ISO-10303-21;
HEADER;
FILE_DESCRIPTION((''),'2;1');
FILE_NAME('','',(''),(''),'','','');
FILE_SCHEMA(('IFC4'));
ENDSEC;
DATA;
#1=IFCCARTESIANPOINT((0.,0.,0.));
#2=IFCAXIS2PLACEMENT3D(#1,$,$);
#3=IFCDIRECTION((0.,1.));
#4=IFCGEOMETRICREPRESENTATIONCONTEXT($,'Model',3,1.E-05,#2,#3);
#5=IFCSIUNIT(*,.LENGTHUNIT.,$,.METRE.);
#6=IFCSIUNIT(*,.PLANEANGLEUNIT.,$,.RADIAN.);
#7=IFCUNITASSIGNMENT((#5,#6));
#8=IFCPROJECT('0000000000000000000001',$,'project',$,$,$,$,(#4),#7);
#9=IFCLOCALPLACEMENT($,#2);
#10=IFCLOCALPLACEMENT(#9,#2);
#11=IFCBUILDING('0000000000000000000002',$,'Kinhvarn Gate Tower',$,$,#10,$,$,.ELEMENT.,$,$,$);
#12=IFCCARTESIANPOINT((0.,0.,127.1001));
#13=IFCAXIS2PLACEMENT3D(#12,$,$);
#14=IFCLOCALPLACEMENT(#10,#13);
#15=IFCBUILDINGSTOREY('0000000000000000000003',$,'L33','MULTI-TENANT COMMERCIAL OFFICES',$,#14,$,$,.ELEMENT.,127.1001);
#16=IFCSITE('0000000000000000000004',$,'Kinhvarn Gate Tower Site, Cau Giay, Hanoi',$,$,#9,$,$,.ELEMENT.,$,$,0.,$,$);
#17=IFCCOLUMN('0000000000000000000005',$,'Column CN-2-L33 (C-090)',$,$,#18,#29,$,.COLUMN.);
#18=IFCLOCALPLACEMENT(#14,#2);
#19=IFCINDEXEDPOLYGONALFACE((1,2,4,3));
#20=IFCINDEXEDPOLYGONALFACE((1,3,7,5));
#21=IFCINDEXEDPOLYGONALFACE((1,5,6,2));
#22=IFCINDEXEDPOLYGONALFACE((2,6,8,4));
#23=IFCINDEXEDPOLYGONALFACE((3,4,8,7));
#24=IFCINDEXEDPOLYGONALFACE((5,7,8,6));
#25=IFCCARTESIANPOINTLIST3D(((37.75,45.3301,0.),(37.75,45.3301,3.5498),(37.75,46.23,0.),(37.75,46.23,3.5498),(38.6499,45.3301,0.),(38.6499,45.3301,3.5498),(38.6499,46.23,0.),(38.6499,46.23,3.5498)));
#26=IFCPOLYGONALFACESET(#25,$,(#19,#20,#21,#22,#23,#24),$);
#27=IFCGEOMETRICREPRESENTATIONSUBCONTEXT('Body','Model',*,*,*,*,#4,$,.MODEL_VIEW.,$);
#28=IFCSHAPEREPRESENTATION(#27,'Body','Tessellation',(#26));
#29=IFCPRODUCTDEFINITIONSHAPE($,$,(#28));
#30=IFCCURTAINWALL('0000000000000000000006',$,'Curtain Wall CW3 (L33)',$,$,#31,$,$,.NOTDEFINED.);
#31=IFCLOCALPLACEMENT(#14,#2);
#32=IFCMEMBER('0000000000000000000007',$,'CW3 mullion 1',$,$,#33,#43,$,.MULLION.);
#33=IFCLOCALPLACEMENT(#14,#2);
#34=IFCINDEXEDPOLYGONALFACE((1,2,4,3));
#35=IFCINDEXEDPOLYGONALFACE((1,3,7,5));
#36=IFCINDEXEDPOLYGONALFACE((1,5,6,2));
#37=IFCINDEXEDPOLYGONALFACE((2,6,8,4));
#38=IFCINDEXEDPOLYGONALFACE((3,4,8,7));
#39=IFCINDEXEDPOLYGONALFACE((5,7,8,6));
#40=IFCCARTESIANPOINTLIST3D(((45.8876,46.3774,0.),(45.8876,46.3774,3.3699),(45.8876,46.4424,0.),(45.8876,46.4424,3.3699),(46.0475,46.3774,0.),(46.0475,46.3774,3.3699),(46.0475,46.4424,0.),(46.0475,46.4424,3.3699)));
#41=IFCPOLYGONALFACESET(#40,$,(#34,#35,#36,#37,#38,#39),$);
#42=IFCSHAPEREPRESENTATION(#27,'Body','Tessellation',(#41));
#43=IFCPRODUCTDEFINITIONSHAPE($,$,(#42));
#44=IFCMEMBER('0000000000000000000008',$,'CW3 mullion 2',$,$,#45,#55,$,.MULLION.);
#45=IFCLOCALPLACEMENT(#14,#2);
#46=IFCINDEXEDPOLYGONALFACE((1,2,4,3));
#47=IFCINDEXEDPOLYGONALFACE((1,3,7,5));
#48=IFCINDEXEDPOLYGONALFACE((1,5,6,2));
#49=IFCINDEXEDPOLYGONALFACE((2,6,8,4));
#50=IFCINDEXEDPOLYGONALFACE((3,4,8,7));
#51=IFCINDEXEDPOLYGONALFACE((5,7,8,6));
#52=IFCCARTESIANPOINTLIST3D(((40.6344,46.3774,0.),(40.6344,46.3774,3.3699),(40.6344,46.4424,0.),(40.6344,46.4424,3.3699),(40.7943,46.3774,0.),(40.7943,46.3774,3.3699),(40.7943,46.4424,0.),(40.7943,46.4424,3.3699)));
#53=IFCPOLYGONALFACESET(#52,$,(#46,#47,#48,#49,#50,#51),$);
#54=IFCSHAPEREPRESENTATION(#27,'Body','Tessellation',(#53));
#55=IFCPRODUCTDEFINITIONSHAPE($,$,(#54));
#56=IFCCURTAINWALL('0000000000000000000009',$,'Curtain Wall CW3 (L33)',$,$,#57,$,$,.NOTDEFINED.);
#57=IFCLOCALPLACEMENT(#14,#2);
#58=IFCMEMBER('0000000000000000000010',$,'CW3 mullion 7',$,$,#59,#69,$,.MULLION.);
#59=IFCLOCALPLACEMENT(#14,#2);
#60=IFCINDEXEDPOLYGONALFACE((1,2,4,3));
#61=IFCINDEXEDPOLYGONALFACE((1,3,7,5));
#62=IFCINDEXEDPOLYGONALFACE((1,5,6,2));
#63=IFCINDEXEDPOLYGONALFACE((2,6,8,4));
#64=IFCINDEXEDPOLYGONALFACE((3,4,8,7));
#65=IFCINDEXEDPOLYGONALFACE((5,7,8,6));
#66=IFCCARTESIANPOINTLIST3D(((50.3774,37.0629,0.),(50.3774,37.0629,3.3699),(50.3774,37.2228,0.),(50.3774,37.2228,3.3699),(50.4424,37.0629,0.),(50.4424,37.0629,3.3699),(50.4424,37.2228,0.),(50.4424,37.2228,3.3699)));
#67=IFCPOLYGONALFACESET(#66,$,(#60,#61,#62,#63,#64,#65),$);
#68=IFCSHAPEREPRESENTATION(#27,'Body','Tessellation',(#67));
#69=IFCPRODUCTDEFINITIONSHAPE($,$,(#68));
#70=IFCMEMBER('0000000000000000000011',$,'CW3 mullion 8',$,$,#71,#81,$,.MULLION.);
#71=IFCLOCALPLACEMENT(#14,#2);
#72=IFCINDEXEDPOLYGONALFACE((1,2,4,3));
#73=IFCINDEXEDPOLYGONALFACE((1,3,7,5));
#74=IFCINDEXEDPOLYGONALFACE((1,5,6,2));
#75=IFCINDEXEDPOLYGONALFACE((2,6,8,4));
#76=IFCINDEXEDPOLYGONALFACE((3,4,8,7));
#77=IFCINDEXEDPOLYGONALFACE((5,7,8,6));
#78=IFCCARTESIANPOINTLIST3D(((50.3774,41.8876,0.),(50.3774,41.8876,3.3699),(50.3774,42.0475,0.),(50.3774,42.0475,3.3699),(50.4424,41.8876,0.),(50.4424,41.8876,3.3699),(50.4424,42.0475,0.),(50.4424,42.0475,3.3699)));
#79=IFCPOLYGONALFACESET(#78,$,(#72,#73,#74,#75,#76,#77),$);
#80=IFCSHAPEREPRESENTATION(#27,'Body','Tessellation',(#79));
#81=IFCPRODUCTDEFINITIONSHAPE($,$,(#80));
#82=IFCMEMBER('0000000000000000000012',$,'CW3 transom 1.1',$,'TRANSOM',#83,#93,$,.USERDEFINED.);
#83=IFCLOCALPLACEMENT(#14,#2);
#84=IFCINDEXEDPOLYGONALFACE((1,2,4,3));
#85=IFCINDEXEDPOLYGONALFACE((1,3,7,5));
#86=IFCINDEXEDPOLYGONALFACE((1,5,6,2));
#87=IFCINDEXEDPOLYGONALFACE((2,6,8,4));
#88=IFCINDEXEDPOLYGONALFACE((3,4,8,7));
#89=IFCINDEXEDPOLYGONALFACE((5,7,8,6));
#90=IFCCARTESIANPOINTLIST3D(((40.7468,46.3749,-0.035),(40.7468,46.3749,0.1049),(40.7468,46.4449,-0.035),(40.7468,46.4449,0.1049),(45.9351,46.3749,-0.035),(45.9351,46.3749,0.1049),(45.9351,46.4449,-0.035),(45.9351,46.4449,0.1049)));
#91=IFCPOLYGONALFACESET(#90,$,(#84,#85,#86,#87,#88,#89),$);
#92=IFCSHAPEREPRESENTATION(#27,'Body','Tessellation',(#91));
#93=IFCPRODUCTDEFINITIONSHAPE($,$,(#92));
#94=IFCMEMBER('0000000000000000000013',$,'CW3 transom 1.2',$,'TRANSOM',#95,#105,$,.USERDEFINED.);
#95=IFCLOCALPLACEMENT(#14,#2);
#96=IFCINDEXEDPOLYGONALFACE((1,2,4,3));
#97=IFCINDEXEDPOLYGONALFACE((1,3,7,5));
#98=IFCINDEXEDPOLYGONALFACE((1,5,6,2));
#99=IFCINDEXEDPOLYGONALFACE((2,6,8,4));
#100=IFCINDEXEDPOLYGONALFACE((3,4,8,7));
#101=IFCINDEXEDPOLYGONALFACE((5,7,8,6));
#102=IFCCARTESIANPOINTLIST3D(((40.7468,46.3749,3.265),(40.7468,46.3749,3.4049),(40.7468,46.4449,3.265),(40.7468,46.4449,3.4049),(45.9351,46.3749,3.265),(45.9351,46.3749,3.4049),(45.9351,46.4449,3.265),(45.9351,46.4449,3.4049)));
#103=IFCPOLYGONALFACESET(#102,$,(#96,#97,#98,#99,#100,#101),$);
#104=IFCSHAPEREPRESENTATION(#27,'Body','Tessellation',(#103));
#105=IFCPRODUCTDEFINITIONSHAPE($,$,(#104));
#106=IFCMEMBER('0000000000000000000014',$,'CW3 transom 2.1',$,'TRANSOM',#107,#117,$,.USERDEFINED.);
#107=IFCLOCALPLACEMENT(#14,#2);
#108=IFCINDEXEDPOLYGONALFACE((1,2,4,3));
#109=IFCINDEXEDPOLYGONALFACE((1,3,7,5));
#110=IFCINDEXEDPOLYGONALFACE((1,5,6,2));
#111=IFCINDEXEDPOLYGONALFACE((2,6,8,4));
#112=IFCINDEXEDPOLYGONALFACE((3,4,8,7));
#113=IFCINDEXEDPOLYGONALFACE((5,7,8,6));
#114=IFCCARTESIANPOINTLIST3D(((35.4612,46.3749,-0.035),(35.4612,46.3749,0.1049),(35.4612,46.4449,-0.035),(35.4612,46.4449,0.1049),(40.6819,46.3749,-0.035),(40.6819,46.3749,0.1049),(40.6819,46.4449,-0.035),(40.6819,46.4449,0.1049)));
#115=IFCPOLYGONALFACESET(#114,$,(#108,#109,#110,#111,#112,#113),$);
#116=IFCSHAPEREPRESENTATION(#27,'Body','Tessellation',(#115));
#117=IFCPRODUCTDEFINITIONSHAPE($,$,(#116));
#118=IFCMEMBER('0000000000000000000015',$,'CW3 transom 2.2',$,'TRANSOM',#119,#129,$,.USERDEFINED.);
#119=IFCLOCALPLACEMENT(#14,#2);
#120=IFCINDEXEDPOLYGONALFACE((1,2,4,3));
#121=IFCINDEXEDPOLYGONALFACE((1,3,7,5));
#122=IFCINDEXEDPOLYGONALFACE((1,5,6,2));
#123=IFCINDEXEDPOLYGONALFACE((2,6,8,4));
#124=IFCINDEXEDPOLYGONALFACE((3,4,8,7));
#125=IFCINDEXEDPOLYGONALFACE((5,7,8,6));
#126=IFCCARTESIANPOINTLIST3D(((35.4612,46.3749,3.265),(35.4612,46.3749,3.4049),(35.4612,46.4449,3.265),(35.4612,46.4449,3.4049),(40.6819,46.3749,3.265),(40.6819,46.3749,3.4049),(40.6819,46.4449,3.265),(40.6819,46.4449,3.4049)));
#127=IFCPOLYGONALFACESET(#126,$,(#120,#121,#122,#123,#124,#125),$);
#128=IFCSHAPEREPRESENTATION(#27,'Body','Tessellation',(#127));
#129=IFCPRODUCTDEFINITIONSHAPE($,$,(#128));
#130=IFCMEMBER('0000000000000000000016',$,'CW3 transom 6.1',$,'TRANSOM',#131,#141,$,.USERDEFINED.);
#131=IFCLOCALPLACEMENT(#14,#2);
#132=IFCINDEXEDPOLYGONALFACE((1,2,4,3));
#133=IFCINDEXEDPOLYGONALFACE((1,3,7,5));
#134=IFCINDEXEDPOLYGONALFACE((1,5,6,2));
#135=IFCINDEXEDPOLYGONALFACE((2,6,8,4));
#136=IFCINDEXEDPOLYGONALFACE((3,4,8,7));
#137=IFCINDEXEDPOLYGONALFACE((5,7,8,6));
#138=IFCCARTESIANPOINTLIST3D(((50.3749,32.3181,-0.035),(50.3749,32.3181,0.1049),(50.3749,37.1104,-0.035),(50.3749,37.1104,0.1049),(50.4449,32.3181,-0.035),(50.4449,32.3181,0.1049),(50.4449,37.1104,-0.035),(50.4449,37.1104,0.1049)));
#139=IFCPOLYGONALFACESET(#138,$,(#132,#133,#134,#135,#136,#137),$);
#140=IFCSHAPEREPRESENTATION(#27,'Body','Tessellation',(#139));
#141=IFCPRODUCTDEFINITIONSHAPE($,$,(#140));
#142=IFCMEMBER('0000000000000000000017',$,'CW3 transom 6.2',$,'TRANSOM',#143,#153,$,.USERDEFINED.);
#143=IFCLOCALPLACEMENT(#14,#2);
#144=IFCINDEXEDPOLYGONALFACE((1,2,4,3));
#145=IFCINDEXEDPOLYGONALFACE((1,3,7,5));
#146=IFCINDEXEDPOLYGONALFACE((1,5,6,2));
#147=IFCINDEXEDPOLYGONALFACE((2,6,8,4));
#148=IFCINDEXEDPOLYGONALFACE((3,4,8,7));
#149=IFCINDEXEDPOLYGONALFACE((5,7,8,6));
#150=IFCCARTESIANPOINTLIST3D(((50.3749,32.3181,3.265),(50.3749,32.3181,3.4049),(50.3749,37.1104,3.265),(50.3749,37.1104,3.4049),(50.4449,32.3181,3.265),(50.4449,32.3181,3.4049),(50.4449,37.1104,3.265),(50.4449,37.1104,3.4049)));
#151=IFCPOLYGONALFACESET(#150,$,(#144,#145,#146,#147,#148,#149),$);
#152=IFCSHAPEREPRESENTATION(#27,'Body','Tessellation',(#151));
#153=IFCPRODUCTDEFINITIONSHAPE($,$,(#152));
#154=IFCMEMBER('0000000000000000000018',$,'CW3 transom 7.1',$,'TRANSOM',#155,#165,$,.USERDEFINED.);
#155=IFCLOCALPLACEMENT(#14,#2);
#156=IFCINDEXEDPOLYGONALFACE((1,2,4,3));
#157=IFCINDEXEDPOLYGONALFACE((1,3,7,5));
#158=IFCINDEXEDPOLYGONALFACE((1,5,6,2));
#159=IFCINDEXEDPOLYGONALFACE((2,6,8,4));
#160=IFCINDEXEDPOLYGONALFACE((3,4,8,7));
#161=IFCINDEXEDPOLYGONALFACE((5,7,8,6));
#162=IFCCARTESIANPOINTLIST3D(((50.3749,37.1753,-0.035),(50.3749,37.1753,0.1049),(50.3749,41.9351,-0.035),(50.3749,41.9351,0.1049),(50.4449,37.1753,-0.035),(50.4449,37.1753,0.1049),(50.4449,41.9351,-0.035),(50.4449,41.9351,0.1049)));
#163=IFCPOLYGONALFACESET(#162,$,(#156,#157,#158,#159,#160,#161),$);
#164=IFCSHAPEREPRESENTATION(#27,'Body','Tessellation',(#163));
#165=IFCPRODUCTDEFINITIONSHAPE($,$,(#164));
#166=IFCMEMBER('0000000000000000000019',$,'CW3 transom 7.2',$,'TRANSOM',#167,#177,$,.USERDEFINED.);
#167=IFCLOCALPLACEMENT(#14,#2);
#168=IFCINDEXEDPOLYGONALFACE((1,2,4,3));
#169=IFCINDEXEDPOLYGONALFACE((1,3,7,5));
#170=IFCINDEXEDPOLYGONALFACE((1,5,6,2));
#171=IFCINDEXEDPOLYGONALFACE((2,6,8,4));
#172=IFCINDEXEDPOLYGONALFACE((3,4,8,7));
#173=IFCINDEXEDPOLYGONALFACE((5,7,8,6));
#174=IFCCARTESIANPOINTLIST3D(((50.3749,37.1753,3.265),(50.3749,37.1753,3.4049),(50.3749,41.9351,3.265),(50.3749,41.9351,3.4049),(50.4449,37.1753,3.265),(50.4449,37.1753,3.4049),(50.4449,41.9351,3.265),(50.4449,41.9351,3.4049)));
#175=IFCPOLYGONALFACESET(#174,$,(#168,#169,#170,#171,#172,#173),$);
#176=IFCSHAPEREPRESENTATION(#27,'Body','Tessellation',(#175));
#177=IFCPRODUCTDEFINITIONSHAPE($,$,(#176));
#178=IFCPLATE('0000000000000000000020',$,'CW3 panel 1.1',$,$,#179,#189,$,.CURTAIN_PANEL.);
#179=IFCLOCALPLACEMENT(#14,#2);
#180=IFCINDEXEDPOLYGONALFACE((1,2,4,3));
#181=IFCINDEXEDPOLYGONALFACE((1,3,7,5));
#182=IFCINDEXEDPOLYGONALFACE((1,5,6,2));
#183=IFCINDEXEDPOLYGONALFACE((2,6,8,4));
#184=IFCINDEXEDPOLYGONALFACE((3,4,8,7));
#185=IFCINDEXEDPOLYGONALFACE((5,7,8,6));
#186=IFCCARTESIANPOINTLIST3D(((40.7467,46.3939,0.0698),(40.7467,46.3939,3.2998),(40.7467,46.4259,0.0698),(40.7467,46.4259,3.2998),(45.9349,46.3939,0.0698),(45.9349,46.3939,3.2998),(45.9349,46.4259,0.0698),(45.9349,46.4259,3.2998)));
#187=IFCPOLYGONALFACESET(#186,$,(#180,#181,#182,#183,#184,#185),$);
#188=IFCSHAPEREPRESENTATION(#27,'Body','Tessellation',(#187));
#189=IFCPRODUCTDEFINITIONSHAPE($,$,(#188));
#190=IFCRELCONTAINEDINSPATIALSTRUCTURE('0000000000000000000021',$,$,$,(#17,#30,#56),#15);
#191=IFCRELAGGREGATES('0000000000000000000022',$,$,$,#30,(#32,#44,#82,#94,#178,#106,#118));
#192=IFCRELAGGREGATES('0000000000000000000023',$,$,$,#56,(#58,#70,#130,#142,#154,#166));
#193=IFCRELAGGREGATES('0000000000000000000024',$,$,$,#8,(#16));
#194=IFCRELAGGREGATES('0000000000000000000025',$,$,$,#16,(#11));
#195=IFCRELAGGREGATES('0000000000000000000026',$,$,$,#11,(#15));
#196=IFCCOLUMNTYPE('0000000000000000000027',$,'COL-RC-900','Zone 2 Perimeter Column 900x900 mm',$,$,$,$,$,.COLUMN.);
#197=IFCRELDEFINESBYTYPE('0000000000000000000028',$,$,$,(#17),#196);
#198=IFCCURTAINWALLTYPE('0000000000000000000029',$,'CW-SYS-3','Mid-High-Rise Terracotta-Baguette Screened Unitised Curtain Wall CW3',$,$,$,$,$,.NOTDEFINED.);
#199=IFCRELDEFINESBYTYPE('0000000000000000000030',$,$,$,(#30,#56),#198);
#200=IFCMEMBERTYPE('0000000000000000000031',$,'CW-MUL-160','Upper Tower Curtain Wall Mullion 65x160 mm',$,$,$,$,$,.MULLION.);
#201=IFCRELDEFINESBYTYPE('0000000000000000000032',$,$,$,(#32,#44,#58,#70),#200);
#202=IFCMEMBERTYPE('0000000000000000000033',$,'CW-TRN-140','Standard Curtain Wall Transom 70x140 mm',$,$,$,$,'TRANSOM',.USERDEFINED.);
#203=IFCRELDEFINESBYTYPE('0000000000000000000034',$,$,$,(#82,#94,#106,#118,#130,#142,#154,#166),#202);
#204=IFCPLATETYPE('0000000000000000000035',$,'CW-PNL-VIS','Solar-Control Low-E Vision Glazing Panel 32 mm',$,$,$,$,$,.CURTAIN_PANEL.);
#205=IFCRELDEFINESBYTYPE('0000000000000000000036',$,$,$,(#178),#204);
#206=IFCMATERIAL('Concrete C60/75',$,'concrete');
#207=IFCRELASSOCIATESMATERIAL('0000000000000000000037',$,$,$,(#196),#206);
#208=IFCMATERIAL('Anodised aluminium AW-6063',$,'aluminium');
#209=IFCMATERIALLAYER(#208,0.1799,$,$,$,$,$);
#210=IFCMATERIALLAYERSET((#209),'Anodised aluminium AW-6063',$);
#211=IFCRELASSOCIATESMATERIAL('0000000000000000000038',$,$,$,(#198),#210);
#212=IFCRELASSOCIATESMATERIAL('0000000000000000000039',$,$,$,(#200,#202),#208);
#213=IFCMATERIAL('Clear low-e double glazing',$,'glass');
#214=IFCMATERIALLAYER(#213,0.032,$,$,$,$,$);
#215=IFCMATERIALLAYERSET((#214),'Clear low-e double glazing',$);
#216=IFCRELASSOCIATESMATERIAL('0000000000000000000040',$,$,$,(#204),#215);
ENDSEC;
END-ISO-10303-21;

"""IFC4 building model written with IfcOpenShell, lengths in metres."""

from ifc_helpers import new_model, si_unit, direction, frame, origin, origin_2d, place, context, subcontext, project, spatial, rectangle, extrude, material, layer, layer_set, material_profile, profile_set, type_object, element, aggregate, save


model = new_model("IFC4")

# Units and contexts
model_context = context("Model", 3, precision=1e-05, world=origin(), true_north=direction((0.0, 1.0)))
body_context = subcontext(model_context, "Body", "Model", "MODEL_VIEW")
ifc_project = project(units=[si_unit("LENGTHUNIT", "METRE"), si_unit("PLANEANGLEUNIT", "RADIAN")], contexts=[model_context])

# Site, building, storey
site_placement = place(None, origin())
site = spatial("IfcSite", under=ifc_project, at=site_placement, Name="Kinhvarn Gate Tower Site, Cau Giay, Hanoi", CompositionType="ELEMENT", RefElevation=0.0)
building_placement = place(site_placement, origin())
building = spatial("IfcBuilding", under=site, at=building_placement, Name="Kinhvarn Gate Tower", CompositionType="ELEMENT")
storey_placement = place(building_placement, frame((0.0, 0.0, 127.1001)))
storey = spatial("IfcBuildingStorey", under=building, at=storey_placement, Name="L33", Description="MULTI-TENANT COMMERCIAL OFFICES", CompositionType="ELEMENT", Elevation=127.1001)

# Column
ifc_material_1 = material(Name="Concrete C60/75", Category="concrete")
ifc_material_profile_1 = material_profile(ifc_material_1, rectangle(XDim=0.8999, YDim=0.8999, at=origin_2d()), Name="RC 900x900")
ifc_profile_set_1 = profile_set([ifc_material_profile_1], Name="Concrete C60/75")
column_type = type_object("IfcColumnType", Name="COL-RC-900", Description="Zone 2 Perimeter Column 900x900 mm", PredefinedType="COLUMN", material=ifc_profile_set_1)
column_placement = place(storey_placement, frame((38.2, 45.78, 0.0), z_axis=(0.0, 0.0, 1.0), x_axis=(1.0, 0.0, 0.0)))
element("IfcColumn", 1, at=column_placement, inside=storey, type_object=column_type, Name="Column CN-2-L33 (C-090)", PredefinedType="COLUMN", context=body_context, shape_type="SweptSolid", body=[
    extrude(rectangle(XDim=0.8999, YDim=0.8999, at=origin_2d()), origin(), (0.0, 0.0, 1.0), 3.5498),
])

# Curtain walls, members
ifc_material_2 = material(Name="Anodised aluminium AW-6063", Category="aluminium")
ifc_layer_1 = layer(ifc_material_2, 0.1799)
ifc_layer_set_1 = layer_set([ifc_layer_1], Name="Anodised aluminium AW-6063")
curtain_wall_type = type_object("IfcCurtainWallType", Name="CW-SYS-3", Description="Mid-High-Rise Terracotta-Baguette Screened Unitised Curtain Wall CW3", PredefinedType="NOTDEFINED", material=ifc_layer_set_1)
curtain_wall_1_placement = place(storey_placement, origin())
curtain_wall_1 = element("IfcCurtainWall", 2, at=curtain_wall_1_placement, inside=storey, type_object=curtain_wall_type, Name="Curtain Wall CW3 (L33)", PredefinedType="NOTDEFINED")
ifc_material_profile_2 = material_profile(ifc_material_2, rectangle(XDim=0.0649, YDim=0.1599, at=origin_2d()), Name="ALU 65x160")
ifc_profile_set_2 = profile_set([ifc_material_profile_2], Name="Anodised aluminium AW-6063")
member_type_1 = type_object("IfcMemberType", Name="CW-MUL-160", Description="Upper Tower Curtain Wall Mullion 65x160 mm", PredefinedType="MULLION", material=ifc_profile_set_2)
member_1_placement = place(storey_placement, frame((45.9675, 46.4099, 0.0), z_axis=(0.0, 0.0, 1.0), x_axis=(0.0, -1.0, 0.0)))
member_1 = element("IfcMember", 3, at=member_1_placement, type_object=member_type_1, Name="CW3 mullion 1", PredefinedType="MULLION", context=body_context, shape_type="SweptSolid", body=[
    extrude(rectangle(XDim=0.0649, YDim=0.1599, at=origin_2d()), origin(), (0.0, 0.0, 1.0), 3.3699),
])
member_2_placement = place(storey_placement, frame((40.7144, 46.4099, 0.0), z_axis=(0.0, 0.0, 1.0), x_axis=(0.0, -1.0, 0.0)))
member_2 = element("IfcMember", 4, at=member_2_placement, type_object=member_type_1, Name="CW3 mullion 2", PredefinedType="MULLION", context=body_context, shape_type="SweptSolid", body=[
    extrude(rectangle(XDim=0.0649, YDim=0.1599, at=origin_2d()), origin(), (0.0, 0.0, 1.0), 3.3699),
])
curtain_wall_2_placement = place(storey_placement, origin())
curtain_wall_2 = element("IfcCurtainWall", 5, at=curtain_wall_2_placement, inside=storey, type_object=curtain_wall_type, Name="Curtain Wall CW3 (L33)", PredefinedType="NOTDEFINED")
member_3_placement = place(storey_placement, frame((50.4099, 37.1428, 0.0), z_axis=(0.0, 0.0, 1.0), x_axis=(-1.0, 0.0, 0.0)))
member_3 = element("IfcMember", 6, at=member_3_placement, type_object=member_type_1, Name="CW3 mullion 7", PredefinedType="MULLION", context=body_context, shape_type="SweptSolid", body=[
    extrude(rectangle(XDim=0.0649, YDim=0.1599, at=origin_2d()), origin(), (0.0, 0.0, 1.0), 3.3699),
])
member_4_placement = place(storey_placement, frame((50.4099, 41.9675, 0.0), z_axis=(0.0, 0.0, 1.0), x_axis=(-1.0, 0.0, 0.0)))
member_4 = element("IfcMember", 7, at=member_4_placement, type_object=member_type_1, Name="CW3 mullion 8", PredefinedType="MULLION", context=body_context, shape_type="SweptSolid", body=[
    extrude(rectangle(XDim=0.0649, YDim=0.1599, at=origin_2d()), origin(), (0.0, 0.0, 1.0), 3.3699),
])

# Members
ifc_material_profile_3 = material_profile(ifc_material_2, rectangle(XDim=0.0701, YDim=0.1399, at=origin_2d()), Name="ALU 70x140")
ifc_profile_set_3 = profile_set([ifc_material_profile_3], Name="Anodised aluminium AW-6063")
member_type_2 = type_object("IfcMemberType", Name="CW-TRN-140", Description="Standard Curtain Wall Transom 70x140 mm", ElementType="TRANSOM", PredefinedType="USERDEFINED", material=ifc_profile_set_3)
member_5_placement = place(storey_placement, frame((45.9351, 46.4099, 0.0349), z_axis=(-1.0, 0.0, 0.0), x_axis=(0.0, -1.0, 0.0)))
member_5 = element("IfcMember", 8, at=member_5_placement, type_object=member_type_2, Name="CW3 transom 1.1", ObjectType="TRANSOM", PredefinedType="USERDEFINED", context=body_context, shape_type="SweptSolid", body=[
    extrude(rectangle(XDim=0.0701, YDim=0.1399, at=origin_2d()), origin(), (0.0, 0.0, 1.0), 5.1882),
])
member_6_placement = place(storey_placement, frame((45.9351, 46.4099, 3.335), z_axis=(-1.0, 0.0, 0.0), x_axis=(0.0, -1.0, 0.0)))
member_6 = element("IfcMember", 9, at=member_6_placement, type_object=member_type_2, Name="CW3 transom 1.2", ObjectType="TRANSOM", PredefinedType="USERDEFINED", context=body_context, shape_type="SweptSolid", body=[
    extrude(rectangle(XDim=0.0701, YDim=0.1399, at=origin_2d()), origin(), (0.0, 0.0, 1.0), 5.1882),
])
member_7_placement = place(storey_placement, frame((40.6819, 46.4099, 0.0349), z_axis=(-1.0, 0.0, 0.0), x_axis=(0.0, -1.0, 0.0)))
member_7 = element("IfcMember", 10, at=member_7_placement, type_object=member_type_2, Name="CW3 transom 2.1", ObjectType="TRANSOM", PredefinedType="USERDEFINED", context=body_context, shape_type="SweptSolid", body=[
    extrude(rectangle(XDim=0.0701, YDim=0.1399, at=origin_2d()), origin(), (0.0, 0.0, 1.0), 5.2207),
])
member_8_placement = place(storey_placement, frame((40.6819, 46.4099, 3.335), z_axis=(-1.0, 0.0, 0.0), x_axis=(0.0, -1.0, 0.0)))
member_8 = element("IfcMember", 11, at=member_8_placement, type_object=member_type_2, Name="CW3 transom 2.2", ObjectType="TRANSOM", PredefinedType="USERDEFINED", context=body_context, shape_type="SweptSolid", body=[
    extrude(rectangle(XDim=0.0701, YDim=0.1399, at=origin_2d()), origin(), (0.0, 0.0, 1.0), 5.2207),
])
member_9_placement = place(storey_placement, frame((50.4099, 32.3181, 0.0349), z_axis=(0.0, 1.0, 0.0), x_axis=(-1.0, 0.0, 0.0)))
member_9 = element("IfcMember", 12, at=member_9_placement, type_object=member_type_2, Name="CW3 transom 6.1", ObjectType="TRANSOM", PredefinedType="USERDEFINED", context=body_context, shape_type="SweptSolid", body=[
    extrude(rectangle(XDim=0.0701, YDim=0.1399, at=origin_2d()), origin(), (0.0, 0.0, 1.0), 4.7922),
])
member_10_placement = place(storey_placement, frame((50.4099, 32.3181, 3.335), z_axis=(0.0, 1.0, 0.0), x_axis=(-1.0, 0.0, 0.0)))
member_10 = element("IfcMember", 13, at=member_10_placement, type_object=member_type_2, Name="CW3 transom 6.2", ObjectType="TRANSOM", PredefinedType="USERDEFINED", context=body_context, shape_type="SweptSolid", body=[
    extrude(rectangle(XDim=0.0701, YDim=0.1399, at=origin_2d()), origin(), (0.0, 0.0, 1.0), 4.7922),
])
member_11_placement = place(storey_placement, frame((50.4099, 37.1753, 0.0349), z_axis=(0.0, 1.0, 0.0), x_axis=(-1.0, 0.0, 0.0)))
member_11 = element("IfcMember", 14, at=member_11_placement, type_object=member_type_2, Name="CW3 transom 7.1", ObjectType="TRANSOM", PredefinedType="USERDEFINED", context=body_context, shape_type="SweptSolid", body=[
    extrude(rectangle(XDim=0.0701, YDim=0.1399, at=origin_2d()), origin(), (0.0, 0.0, 1.0), 4.7598),
])
member_12_placement = place(storey_placement, frame((50.4099, 37.1753, 3.335), z_axis=(0.0, 1.0, 0.0), x_axis=(-1.0, 0.0, 0.0)))
member_12 = element("IfcMember", 15, at=member_12_placement, type_object=member_type_2, Name="CW3 transom 7.2", ObjectType="TRANSOM", PredefinedType="USERDEFINED", context=body_context, shape_type="SweptSolid", body=[
    extrude(rectangle(XDim=0.0701, YDim=0.1399, at=origin_2d()), origin(), (0.0, 0.0, 1.0), 4.7598),
])

# Plate
ifc_material_3 = material(Name="Clear low-e double glazing", Category="glass")
ifc_layer_2 = layer(ifc_material_3, 0.032)
ifc_layer_set_2 = layer_set([ifc_layer_2], Name="Clear low-e double glazing")
plate_type = type_object("IfcPlateType", Name="CW-PNL-VIS", Description="Solar-Control Low-E Vision Glazing Panel 32 mm", PredefinedType="CURTAIN_PANEL", material=ifc_layer_set_2)
plate_1_placement = place(storey_placement, frame((43.3408, 46.4099, 0.0698), z_axis=(0.0, 0.0, 1.0), x_axis=(-1.0, 0.0, 0.0)))
plate_1 = element("IfcPlate", 16, at=plate_1_placement, type_object=plate_type, Name="CW3 panel 1.1", PredefinedType="CURTAIN_PANEL", context=body_context, shape_type="SweptSolid", body=[
    extrude(rectangle(XDim=5.1882, YDim=0.032, at=origin_2d()), origin(), (0.0, 0.0, 1.0), 3.23),
])
aggregate(curtain_wall_1, [member_1, member_2, member_5, member_6, plate_1, member_7, member_8])
aggregate(curtain_wall_2, [member_3, member_4, member_9, member_10, member_11, member_12])

save(model, "model.ifc")
